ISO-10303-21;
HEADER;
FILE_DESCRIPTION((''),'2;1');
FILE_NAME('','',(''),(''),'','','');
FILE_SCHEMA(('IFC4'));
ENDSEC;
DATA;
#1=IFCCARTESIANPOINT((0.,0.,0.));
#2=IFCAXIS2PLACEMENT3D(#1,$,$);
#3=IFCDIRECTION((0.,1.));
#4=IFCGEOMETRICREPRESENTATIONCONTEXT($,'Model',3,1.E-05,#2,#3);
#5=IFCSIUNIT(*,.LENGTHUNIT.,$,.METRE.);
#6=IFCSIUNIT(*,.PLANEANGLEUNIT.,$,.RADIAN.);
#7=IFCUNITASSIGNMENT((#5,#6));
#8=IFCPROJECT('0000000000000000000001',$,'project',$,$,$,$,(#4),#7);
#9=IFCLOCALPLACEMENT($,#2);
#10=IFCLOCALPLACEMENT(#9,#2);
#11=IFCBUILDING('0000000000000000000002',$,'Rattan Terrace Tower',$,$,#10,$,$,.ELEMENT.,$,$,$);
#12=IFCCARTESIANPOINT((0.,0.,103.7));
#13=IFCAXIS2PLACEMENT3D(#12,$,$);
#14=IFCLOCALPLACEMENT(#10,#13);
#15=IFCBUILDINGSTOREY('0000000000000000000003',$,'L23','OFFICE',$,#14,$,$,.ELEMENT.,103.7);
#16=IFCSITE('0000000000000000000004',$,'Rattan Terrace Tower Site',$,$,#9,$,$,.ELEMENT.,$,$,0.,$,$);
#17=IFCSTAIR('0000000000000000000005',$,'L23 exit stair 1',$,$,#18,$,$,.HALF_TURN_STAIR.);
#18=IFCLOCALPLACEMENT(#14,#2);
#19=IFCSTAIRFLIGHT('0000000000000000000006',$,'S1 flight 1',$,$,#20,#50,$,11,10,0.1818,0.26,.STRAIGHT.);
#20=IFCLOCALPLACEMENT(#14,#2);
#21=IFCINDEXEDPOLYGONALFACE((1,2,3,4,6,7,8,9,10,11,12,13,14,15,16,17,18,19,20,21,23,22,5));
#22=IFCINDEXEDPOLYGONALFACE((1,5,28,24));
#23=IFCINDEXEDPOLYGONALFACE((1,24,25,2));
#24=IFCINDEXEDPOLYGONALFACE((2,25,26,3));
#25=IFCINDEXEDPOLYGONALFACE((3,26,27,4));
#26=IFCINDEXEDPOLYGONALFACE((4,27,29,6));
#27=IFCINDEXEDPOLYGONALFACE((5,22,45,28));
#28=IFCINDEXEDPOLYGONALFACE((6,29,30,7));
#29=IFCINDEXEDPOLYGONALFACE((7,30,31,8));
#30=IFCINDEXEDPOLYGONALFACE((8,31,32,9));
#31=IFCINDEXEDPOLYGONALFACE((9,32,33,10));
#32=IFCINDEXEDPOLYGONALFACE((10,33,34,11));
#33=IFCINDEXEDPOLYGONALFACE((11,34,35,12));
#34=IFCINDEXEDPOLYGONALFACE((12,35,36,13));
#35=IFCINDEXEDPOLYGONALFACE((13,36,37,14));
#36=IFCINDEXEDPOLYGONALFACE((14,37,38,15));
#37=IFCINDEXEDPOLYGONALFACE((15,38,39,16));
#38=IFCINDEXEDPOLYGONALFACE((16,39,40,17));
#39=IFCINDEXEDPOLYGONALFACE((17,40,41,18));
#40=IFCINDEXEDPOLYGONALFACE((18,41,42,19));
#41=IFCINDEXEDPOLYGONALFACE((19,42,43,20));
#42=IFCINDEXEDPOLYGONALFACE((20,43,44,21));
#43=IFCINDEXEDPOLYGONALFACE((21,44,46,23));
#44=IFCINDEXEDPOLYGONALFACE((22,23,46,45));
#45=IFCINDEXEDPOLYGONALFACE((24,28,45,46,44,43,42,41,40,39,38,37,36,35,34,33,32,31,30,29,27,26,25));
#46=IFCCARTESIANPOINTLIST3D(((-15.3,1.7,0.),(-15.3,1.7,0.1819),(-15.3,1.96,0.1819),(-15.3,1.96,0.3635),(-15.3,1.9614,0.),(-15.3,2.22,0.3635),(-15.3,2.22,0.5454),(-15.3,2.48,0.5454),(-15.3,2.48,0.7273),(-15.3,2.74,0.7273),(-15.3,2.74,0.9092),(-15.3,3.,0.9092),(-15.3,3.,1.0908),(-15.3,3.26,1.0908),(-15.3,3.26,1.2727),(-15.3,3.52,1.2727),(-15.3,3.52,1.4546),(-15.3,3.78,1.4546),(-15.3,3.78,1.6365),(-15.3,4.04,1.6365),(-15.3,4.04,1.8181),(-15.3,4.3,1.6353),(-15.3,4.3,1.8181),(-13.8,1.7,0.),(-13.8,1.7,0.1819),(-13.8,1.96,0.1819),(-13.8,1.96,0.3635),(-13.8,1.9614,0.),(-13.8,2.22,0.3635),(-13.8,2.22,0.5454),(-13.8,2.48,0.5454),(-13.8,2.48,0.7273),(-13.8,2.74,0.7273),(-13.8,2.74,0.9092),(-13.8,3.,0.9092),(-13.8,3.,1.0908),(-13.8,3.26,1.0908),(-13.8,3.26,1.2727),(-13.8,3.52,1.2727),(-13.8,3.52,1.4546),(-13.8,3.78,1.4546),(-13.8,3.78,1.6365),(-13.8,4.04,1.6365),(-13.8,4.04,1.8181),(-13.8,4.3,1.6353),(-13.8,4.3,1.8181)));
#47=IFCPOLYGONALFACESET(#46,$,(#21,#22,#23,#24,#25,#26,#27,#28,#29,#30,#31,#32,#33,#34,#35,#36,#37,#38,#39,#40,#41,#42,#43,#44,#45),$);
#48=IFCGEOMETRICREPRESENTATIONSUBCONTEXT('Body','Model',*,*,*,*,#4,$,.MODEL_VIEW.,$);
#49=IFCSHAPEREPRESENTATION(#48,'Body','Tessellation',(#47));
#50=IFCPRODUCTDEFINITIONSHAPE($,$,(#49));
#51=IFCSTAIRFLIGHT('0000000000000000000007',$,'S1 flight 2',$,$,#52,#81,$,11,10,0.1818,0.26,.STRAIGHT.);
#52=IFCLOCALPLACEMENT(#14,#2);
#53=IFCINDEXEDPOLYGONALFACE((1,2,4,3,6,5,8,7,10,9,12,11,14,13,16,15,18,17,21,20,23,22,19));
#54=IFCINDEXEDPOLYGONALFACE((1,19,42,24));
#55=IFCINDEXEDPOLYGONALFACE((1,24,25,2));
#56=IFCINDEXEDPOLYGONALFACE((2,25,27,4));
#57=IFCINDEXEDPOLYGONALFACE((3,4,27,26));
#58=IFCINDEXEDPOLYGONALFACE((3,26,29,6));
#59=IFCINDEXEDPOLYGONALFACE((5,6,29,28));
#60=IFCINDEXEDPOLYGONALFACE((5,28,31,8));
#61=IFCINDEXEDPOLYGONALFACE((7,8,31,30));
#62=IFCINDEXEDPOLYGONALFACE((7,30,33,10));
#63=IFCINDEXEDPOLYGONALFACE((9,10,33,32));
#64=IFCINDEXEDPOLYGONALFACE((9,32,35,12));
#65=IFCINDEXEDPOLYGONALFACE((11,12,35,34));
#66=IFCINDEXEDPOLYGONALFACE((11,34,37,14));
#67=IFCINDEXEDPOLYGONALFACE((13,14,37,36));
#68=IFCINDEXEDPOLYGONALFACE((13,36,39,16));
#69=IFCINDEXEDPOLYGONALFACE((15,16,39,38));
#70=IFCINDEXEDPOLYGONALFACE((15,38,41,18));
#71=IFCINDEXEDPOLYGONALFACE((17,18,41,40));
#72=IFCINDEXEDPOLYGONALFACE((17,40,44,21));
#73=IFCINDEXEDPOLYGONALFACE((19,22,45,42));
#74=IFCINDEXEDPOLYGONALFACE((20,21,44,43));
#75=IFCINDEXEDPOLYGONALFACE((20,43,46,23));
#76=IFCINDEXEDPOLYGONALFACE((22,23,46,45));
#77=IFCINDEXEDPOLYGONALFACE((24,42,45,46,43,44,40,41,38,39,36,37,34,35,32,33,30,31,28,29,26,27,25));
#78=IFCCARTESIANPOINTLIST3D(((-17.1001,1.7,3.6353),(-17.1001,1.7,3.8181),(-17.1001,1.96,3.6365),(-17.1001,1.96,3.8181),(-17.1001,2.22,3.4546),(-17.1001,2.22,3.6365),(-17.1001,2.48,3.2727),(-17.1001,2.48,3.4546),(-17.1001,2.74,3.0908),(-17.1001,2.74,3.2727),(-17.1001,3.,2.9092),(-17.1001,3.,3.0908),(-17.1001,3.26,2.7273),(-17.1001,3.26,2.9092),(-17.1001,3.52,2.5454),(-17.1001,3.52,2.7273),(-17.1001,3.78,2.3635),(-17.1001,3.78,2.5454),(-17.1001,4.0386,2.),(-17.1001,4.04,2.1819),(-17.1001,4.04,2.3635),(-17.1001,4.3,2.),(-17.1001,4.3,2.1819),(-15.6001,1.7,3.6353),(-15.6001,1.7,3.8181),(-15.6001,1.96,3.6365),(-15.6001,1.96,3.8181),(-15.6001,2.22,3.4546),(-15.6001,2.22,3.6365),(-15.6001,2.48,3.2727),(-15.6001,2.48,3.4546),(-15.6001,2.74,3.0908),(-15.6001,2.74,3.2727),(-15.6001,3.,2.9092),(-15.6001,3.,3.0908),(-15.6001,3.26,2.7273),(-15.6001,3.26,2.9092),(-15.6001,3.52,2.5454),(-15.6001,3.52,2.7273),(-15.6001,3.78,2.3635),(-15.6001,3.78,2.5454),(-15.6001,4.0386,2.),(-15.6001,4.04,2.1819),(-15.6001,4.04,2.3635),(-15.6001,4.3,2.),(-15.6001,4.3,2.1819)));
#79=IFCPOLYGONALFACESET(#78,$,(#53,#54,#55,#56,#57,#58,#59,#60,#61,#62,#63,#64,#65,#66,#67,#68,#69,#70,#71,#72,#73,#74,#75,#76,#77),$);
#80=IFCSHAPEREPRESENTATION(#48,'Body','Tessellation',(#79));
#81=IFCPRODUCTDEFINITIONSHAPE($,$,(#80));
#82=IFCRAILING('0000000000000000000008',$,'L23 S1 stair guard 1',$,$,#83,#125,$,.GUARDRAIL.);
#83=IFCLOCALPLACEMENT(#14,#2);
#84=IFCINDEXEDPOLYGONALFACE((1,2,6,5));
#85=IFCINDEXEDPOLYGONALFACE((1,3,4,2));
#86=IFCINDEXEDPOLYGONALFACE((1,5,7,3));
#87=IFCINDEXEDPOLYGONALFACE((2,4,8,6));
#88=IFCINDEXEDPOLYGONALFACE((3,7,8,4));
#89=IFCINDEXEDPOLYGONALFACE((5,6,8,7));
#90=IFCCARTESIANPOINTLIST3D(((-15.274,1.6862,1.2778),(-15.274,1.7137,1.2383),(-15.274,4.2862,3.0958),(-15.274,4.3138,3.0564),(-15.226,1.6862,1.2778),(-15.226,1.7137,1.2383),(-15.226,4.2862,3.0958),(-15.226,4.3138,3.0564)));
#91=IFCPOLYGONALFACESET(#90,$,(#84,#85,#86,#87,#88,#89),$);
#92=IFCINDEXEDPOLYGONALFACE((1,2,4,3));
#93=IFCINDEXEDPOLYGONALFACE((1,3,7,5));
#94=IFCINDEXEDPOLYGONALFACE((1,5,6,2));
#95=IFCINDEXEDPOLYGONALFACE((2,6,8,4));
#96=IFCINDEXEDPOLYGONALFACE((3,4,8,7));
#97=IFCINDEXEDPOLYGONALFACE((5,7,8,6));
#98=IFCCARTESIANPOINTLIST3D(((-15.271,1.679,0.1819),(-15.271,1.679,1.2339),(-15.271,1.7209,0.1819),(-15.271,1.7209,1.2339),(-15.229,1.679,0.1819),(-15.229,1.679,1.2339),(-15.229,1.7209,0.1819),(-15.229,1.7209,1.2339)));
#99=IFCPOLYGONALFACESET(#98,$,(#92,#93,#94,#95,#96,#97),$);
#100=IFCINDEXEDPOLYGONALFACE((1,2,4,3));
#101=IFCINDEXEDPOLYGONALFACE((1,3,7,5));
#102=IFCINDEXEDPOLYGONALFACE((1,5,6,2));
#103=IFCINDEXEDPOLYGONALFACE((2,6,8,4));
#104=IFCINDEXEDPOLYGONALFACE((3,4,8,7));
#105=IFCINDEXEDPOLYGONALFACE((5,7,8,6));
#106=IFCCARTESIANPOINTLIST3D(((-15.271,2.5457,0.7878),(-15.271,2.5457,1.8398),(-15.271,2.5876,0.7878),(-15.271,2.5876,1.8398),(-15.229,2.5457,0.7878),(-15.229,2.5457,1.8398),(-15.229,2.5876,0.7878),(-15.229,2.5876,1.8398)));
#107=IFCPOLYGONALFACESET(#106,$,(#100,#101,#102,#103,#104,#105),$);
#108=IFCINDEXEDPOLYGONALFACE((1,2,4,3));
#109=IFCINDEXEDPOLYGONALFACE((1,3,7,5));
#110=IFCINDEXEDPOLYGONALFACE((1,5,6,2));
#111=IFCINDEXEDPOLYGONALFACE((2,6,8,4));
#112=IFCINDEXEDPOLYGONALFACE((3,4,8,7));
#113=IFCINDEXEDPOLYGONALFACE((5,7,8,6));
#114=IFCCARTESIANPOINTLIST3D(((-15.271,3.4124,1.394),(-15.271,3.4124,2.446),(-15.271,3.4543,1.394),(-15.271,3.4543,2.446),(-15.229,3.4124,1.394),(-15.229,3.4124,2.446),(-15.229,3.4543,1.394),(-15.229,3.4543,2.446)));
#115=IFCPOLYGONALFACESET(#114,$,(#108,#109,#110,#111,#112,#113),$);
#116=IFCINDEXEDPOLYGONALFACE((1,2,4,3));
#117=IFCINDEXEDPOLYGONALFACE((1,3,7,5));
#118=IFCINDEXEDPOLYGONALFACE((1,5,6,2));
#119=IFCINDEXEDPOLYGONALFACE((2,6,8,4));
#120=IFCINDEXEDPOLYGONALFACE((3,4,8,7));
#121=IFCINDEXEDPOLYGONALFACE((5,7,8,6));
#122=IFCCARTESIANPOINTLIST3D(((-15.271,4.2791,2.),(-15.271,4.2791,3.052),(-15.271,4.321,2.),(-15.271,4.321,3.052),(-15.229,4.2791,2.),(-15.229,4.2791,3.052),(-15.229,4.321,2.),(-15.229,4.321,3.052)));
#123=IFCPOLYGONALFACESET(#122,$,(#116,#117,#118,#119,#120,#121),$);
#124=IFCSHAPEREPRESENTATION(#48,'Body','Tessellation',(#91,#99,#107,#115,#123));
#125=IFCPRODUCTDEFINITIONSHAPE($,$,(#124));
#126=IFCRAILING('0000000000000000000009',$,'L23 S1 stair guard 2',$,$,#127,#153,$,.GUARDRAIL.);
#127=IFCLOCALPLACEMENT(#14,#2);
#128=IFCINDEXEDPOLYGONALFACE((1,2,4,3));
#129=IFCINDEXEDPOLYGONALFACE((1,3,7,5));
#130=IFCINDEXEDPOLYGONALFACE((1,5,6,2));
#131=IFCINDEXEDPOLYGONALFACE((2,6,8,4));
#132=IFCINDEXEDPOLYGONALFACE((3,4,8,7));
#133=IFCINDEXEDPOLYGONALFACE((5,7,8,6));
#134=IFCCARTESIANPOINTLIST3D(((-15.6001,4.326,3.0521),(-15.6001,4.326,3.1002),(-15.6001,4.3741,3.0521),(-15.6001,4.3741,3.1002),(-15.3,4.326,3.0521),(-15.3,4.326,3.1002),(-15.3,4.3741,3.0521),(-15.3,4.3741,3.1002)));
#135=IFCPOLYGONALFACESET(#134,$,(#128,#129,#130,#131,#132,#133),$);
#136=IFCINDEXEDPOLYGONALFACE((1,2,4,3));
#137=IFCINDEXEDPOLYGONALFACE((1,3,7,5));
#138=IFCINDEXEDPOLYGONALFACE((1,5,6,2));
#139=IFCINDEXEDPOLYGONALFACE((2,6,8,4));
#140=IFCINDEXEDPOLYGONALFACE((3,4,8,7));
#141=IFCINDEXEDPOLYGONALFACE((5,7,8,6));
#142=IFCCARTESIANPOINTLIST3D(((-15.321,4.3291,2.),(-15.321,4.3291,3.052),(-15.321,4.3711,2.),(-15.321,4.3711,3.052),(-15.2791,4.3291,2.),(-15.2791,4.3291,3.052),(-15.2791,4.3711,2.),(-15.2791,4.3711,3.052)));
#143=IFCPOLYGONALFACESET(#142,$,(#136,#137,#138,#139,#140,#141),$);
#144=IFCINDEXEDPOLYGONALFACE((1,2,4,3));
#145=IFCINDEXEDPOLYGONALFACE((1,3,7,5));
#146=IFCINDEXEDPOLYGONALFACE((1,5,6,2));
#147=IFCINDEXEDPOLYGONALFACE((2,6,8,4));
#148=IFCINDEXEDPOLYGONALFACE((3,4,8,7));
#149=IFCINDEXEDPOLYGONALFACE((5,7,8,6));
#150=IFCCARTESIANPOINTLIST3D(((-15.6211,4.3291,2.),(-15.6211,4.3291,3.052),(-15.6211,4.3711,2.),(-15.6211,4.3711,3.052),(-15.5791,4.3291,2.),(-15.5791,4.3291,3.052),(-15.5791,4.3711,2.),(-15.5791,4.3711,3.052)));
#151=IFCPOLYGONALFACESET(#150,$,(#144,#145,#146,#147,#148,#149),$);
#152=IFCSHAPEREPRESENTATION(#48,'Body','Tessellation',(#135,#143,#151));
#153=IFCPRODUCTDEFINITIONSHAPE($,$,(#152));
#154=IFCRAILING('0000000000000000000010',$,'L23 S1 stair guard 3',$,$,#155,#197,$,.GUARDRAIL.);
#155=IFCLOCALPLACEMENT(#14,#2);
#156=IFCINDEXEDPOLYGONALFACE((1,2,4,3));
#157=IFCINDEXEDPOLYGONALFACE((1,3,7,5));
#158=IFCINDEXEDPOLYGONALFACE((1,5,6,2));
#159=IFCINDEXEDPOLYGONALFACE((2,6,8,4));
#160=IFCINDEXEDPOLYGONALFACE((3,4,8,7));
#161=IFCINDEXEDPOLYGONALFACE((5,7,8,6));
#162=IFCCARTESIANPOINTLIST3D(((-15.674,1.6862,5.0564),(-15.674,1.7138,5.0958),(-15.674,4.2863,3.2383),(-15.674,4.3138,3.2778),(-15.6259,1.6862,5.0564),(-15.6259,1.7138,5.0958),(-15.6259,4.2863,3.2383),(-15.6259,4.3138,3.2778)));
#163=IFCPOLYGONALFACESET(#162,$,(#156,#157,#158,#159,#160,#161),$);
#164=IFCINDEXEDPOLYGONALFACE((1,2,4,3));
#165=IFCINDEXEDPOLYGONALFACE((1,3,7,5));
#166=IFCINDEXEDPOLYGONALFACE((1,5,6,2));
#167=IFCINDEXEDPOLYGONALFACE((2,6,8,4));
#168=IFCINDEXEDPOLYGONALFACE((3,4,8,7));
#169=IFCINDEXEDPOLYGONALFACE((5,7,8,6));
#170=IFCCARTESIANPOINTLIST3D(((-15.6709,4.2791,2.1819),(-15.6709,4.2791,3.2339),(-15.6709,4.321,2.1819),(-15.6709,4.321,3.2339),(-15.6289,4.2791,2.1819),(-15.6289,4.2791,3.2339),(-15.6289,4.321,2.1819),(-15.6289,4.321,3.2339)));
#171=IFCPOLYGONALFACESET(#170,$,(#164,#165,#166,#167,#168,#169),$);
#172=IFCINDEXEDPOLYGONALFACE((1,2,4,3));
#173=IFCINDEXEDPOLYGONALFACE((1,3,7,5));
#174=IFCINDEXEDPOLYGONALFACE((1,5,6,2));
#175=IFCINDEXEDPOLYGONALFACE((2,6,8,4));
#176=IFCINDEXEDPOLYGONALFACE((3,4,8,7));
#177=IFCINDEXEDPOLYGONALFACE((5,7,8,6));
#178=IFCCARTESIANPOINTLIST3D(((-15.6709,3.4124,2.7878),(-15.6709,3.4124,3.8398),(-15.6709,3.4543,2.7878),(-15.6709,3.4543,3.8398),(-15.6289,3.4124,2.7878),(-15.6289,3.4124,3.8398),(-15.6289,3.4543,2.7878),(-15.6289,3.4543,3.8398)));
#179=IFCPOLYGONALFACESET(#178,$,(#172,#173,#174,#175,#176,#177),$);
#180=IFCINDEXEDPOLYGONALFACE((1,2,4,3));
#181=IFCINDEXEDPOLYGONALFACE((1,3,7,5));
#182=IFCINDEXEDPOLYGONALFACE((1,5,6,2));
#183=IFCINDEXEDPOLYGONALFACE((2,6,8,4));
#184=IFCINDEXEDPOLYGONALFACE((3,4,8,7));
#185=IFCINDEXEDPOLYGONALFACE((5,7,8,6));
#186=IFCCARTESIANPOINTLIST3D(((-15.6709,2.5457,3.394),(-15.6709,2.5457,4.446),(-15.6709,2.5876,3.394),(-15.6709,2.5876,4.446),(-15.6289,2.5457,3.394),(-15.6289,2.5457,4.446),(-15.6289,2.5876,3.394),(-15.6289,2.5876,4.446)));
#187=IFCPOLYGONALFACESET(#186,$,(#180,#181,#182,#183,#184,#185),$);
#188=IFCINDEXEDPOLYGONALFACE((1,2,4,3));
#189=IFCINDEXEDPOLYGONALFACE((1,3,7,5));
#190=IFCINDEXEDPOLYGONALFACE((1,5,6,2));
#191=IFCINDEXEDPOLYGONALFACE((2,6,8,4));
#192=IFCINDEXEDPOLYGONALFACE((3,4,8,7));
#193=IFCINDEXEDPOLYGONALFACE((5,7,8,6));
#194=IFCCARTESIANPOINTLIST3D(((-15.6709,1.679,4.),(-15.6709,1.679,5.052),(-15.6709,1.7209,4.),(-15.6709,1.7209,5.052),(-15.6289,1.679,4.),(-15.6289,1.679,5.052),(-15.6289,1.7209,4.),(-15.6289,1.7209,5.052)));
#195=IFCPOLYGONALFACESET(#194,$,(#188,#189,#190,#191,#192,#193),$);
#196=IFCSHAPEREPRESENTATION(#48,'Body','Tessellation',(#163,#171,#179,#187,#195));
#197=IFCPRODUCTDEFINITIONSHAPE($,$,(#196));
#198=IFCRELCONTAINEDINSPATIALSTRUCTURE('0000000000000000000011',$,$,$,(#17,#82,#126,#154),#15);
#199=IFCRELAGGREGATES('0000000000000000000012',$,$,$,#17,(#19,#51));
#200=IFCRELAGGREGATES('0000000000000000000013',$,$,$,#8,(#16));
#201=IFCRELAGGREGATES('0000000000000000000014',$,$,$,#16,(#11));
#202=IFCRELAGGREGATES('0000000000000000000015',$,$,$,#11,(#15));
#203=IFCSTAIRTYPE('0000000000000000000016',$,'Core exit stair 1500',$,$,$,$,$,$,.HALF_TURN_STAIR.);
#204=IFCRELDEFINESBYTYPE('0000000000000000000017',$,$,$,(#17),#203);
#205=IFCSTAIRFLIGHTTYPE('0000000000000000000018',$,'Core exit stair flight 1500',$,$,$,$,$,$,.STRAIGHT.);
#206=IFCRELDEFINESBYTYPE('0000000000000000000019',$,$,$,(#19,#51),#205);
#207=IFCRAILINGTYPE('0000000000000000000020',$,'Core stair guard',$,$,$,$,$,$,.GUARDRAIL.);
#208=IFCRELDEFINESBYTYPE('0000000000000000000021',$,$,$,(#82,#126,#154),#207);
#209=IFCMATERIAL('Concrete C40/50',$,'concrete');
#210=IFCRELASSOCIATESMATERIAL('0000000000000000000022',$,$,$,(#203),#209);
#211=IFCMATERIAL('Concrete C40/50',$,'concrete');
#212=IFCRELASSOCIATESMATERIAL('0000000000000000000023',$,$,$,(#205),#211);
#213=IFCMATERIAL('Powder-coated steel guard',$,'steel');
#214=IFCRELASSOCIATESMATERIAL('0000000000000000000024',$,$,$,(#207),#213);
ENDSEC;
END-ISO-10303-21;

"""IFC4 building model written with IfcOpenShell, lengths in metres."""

from ifc_helpers import new_model, si_unit, direction, frame, origin, origin_2d, place, context, subcontext, project, spatial, polyline, rectangle, outline, extrude, material, type_object, element, aggregate, save


model = new_model("IFC4")

# Units and contexts
model_context = context("Model", 3, precision=1e-05, world=origin(), true_north=direction((0.0, 1.0)))
body_context = subcontext(model_context, "Body", "Model", "MODEL_VIEW")
ifc_project = project(units=[si_unit("LENGTHUNIT", "METRE"), si_unit("PLANEANGLEUNIT", "RADIAN")], contexts=[model_context])

# Site, building, storey
site_placement = place(None, origin())
site = spatial("IfcSite", under=ifc_project, at=site_placement, Name="Rattan Terrace Tower Site", CompositionType="ELEMENT", RefElevation=0.0)
building_placement = place(site_placement, origin())
building = spatial("IfcBuilding", under=site, at=building_placement, Name="Rattan Terrace Tower", CompositionType="ELEMENT")
storey_placement = place(building_placement, frame((0.0, 0.0, 103.7)))
storey = spatial("IfcBuildingStorey", under=building, at=storey_placement, Name="L23", Description="OFFICE", CompositionType="ELEMENT", Elevation=103.7)

# Stair, stair flights
ifc_material_1 = material(Name="Concrete C40/50", Category="concrete")
stair_type = type_object("IfcStairType", Name="Core exit stair 1500", PredefinedType="HALF_TURN_STAIR", material=ifc_material_1)
stair_placement = place(storey_placement, origin())
stair = element("IfcStair", 1, at=stair_placement, inside=storey, type_object=stair_type, Name="L23 exit stair 1", PredefinedType="HALF_TURN_STAIR")
ifc_material_2 = material(Name="Concrete C40/50", Category="concrete")
stair_flight_type = type_object("IfcStairFlightType", Name="Core exit stair flight 1500", PredefinedType="STRAIGHT", material=ifc_material_2)
stair_flight_1_placement = place(storey_placement, frame((-14.55, 1.7, 0.0), z_axis=(0.0, 0.0, 1.0), x_axis=(0.0, 1.0, 0.0)))
stair_flight_1 = element("IfcStairFlight", 2, at=stair_flight_1_placement, type_object=stair_flight_type, Name="S1 flight 1", NumberOfRisers=11, NumberOfTreads=10, PredefinedType="STRAIGHT", RiserHeight=0.1818, TreadLength=0.26, context=body_context, shape_type="SweptSolid", body=[
    extrude(outline(polyline([(0.0, 0.0), (0.0, 0.1819), (0.26, 0.1819), (0.26, 0.3635), (0.52, 0.3635), (0.52, 0.5454), (0.78, 0.5454), (0.78, 0.7273), (1.04, 0.7273), (1.04, 0.9092), (1.3, 0.9092), (1.3, 1.0908), (1.5601, 1.0908), (1.5601, 1.2727), (1.8201, 1.2727), (1.8201, 1.4546), (2.0801, 1.4546), (2.0801, 1.6365), (2.3401, 1.6365), (2.3401, 1.8181), (2.6001, 1.8181), (2.6001, 2.0), (2.6001, 1.6353), (0.2615, 0.0), (0.0, 0.0)])), frame((0.0, 0.75, 0.0), z_axis=(0.0, -1.0, 0.0), x_axis=(1.0, 0.0, 0.0)), (0.0, 0.0, 1.0), 1.5),
])
stair_flight_2_placement = place(storey_placement, frame((-16.3501, 4.3, 2.0), z_axis=(0.0, 0.0, 1.0), x_axis=(0.0, -1.0, 0.0)))
stair_flight_2 = element("IfcStairFlight", 3, at=stair_flight_2_placement, type_object=stair_flight_type, Name="S1 flight 2", NumberOfRisers=11, NumberOfTreads=10, PredefinedType="STRAIGHT", RiserHeight=0.1818, TreadLength=0.26, context=body_context, shape_type="SweptSolid", body=[
    extrude(outline(polyline([(0.0, 0.0), (0.0, 0.1819), (0.26, 0.1819), (0.26, 0.3635), (0.52, 0.3635), (0.52, 0.5454), (0.78, 0.5454), (0.78, 0.7273), (1.04, 0.7273), (1.04, 0.9092), (1.3, 0.9092), (1.3, 1.0908), (1.5601, 1.0908), (1.5601, 1.2727), (1.8201, 1.2727), (1.8201, 1.4546), (2.0801, 1.4546), (2.0801, 1.6365), (2.3401, 1.6365), (2.3401, 1.8181), (2.6001, 1.8181), (2.6001, 2.0), (2.6001, 1.6353), (0.2615, 0.0), (0.0, 0.0)])), frame((0.0, 0.75, 0.0), z_axis=(0.0, -1.0, 0.0), x_axis=(1.0, 0.0, 0.0)), (0.0, 0.0, 1.0), 1.5),
])
aggregate(stair, [stair_flight_1, stair_flight_2])

# Railings
ifc_material_3 = material(Name="Powder-coated steel guard", Category="steel")
railing_type_1 = type_object("IfcRailingType", Name="Core stair guard", PredefinedType="GUARDRAIL", material=ifc_material_3)
railing_1_placement = place(storey_placement, frame((-15.25, 1.7, 0.1819)))
element("IfcRailing", 4, at=railing_1_placement, inside=storey, type_object=railing_type_1, Name="L23 S1 stair guard 1", PredefinedType="GUARDRAIL", context=body_context, shape_type="SweptSolid", body=[
    extrude(rectangle(XDim=0.0481, YDim=0.0481, at=origin_2d()), frame((0.0, 0.0, 1.0762), z_axis=(0.0, 0.819521, 0.573049), x_axis=(-1.0, 0.0, 0.0)), (0.0, 0.0, 1.0), 3.1726),
    extrude(rectangle(XDim=0.042, YDim=0.042, at=origin_2d()), origin(), (0.0, 0.0, 1.0), 1.052),
    extrude(rectangle(XDim=0.042, YDim=0.042, at=origin_2d()), frame((0.0, 0.8667, 0.606)), (0.0, 0.0, 1.0), 1.052),
    extrude(rectangle(XDim=0.042, YDim=0.042, at=origin_2d()), frame((0.0, 1.7334, 1.2122)), (0.0, 0.0, 1.0), 1.052),
    extrude(rectangle(XDim=0.042, YDim=0.042, at=origin_2d()), frame((0.0, 2.6001, 1.8181)), (0.0, 0.0, 1.0), 1.052),
])
railing_2_placement = place(storey_placement, frame((-15.3, 4.3501, 2.0)))
element("IfcRailing", 5, at=railing_2_placement, inside=storey, type_object=railing_type_1, Name="L23 S1 stair guard 2", PredefinedType="GUARDRAIL", context=body_context, shape_type="SweptSolid", body=[
    extrude(rectangle(XDim=0.0481, YDim=0.0481, at=origin_2d()), frame((0.0, 0.0, 1.0762), z_axis=(-1.0, 0.0, 0.0), x_axis=(0.0, -1.0, 0.0)), (0.0, 0.0, 1.0), 0.3),
    extrude(rectangle(XDim=0.042, YDim=0.042, at=origin_2d()), origin(), (0.0, 0.0, 1.0), 1.052),
    extrude(rectangle(XDim=0.042, YDim=0.042, at=origin_2d()), frame((-0.3, 0.0, 0.0)), (0.0, 0.0, 1.0), 1.052),
])
railing_3_placement = place(storey_placement, frame((-15.6499, 4.3, 2.1819)))
element("IfcRailing", 6, at=railing_3_placement, inside=storey, type_object=railing_type_1, Name="L23 S1 stair guard 3", PredefinedType="GUARDRAIL", context=body_context, shape_type="SweptSolid", body=[
    extrude(rectangle(XDim=0.0481, YDim=0.0481, at=origin_2d()), frame((0.0, 0.0, 1.0762), z_axis=(0.0, -0.819521, 0.573049), x_axis=(1.0, 0.0, 0.0)), (0.0, 0.0, 1.0), 3.1726),
    extrude(rectangle(XDim=0.042, YDim=0.042, at=origin_2d()), origin(), (0.0, 0.0, 1.0), 1.052),
    extrude(rectangle(XDim=0.042, YDim=0.042, at=origin_2d()), frame((0.0, -0.8667, 0.606)), (0.0, 0.0, 1.0), 1.052),
    extrude(rectangle(XDim=0.042, YDim=0.042, at=origin_2d()), frame((0.0, -1.7334, 1.2122)), (0.0, 0.0, 1.0), 1.052),
    extrude(rectangle(XDim=0.042, YDim=0.042, at=origin_2d()), frame((0.0, -2.6001, 1.8181)), (0.0, 0.0, 1.0), 1.052),
])

save(model, "model.ifc")
